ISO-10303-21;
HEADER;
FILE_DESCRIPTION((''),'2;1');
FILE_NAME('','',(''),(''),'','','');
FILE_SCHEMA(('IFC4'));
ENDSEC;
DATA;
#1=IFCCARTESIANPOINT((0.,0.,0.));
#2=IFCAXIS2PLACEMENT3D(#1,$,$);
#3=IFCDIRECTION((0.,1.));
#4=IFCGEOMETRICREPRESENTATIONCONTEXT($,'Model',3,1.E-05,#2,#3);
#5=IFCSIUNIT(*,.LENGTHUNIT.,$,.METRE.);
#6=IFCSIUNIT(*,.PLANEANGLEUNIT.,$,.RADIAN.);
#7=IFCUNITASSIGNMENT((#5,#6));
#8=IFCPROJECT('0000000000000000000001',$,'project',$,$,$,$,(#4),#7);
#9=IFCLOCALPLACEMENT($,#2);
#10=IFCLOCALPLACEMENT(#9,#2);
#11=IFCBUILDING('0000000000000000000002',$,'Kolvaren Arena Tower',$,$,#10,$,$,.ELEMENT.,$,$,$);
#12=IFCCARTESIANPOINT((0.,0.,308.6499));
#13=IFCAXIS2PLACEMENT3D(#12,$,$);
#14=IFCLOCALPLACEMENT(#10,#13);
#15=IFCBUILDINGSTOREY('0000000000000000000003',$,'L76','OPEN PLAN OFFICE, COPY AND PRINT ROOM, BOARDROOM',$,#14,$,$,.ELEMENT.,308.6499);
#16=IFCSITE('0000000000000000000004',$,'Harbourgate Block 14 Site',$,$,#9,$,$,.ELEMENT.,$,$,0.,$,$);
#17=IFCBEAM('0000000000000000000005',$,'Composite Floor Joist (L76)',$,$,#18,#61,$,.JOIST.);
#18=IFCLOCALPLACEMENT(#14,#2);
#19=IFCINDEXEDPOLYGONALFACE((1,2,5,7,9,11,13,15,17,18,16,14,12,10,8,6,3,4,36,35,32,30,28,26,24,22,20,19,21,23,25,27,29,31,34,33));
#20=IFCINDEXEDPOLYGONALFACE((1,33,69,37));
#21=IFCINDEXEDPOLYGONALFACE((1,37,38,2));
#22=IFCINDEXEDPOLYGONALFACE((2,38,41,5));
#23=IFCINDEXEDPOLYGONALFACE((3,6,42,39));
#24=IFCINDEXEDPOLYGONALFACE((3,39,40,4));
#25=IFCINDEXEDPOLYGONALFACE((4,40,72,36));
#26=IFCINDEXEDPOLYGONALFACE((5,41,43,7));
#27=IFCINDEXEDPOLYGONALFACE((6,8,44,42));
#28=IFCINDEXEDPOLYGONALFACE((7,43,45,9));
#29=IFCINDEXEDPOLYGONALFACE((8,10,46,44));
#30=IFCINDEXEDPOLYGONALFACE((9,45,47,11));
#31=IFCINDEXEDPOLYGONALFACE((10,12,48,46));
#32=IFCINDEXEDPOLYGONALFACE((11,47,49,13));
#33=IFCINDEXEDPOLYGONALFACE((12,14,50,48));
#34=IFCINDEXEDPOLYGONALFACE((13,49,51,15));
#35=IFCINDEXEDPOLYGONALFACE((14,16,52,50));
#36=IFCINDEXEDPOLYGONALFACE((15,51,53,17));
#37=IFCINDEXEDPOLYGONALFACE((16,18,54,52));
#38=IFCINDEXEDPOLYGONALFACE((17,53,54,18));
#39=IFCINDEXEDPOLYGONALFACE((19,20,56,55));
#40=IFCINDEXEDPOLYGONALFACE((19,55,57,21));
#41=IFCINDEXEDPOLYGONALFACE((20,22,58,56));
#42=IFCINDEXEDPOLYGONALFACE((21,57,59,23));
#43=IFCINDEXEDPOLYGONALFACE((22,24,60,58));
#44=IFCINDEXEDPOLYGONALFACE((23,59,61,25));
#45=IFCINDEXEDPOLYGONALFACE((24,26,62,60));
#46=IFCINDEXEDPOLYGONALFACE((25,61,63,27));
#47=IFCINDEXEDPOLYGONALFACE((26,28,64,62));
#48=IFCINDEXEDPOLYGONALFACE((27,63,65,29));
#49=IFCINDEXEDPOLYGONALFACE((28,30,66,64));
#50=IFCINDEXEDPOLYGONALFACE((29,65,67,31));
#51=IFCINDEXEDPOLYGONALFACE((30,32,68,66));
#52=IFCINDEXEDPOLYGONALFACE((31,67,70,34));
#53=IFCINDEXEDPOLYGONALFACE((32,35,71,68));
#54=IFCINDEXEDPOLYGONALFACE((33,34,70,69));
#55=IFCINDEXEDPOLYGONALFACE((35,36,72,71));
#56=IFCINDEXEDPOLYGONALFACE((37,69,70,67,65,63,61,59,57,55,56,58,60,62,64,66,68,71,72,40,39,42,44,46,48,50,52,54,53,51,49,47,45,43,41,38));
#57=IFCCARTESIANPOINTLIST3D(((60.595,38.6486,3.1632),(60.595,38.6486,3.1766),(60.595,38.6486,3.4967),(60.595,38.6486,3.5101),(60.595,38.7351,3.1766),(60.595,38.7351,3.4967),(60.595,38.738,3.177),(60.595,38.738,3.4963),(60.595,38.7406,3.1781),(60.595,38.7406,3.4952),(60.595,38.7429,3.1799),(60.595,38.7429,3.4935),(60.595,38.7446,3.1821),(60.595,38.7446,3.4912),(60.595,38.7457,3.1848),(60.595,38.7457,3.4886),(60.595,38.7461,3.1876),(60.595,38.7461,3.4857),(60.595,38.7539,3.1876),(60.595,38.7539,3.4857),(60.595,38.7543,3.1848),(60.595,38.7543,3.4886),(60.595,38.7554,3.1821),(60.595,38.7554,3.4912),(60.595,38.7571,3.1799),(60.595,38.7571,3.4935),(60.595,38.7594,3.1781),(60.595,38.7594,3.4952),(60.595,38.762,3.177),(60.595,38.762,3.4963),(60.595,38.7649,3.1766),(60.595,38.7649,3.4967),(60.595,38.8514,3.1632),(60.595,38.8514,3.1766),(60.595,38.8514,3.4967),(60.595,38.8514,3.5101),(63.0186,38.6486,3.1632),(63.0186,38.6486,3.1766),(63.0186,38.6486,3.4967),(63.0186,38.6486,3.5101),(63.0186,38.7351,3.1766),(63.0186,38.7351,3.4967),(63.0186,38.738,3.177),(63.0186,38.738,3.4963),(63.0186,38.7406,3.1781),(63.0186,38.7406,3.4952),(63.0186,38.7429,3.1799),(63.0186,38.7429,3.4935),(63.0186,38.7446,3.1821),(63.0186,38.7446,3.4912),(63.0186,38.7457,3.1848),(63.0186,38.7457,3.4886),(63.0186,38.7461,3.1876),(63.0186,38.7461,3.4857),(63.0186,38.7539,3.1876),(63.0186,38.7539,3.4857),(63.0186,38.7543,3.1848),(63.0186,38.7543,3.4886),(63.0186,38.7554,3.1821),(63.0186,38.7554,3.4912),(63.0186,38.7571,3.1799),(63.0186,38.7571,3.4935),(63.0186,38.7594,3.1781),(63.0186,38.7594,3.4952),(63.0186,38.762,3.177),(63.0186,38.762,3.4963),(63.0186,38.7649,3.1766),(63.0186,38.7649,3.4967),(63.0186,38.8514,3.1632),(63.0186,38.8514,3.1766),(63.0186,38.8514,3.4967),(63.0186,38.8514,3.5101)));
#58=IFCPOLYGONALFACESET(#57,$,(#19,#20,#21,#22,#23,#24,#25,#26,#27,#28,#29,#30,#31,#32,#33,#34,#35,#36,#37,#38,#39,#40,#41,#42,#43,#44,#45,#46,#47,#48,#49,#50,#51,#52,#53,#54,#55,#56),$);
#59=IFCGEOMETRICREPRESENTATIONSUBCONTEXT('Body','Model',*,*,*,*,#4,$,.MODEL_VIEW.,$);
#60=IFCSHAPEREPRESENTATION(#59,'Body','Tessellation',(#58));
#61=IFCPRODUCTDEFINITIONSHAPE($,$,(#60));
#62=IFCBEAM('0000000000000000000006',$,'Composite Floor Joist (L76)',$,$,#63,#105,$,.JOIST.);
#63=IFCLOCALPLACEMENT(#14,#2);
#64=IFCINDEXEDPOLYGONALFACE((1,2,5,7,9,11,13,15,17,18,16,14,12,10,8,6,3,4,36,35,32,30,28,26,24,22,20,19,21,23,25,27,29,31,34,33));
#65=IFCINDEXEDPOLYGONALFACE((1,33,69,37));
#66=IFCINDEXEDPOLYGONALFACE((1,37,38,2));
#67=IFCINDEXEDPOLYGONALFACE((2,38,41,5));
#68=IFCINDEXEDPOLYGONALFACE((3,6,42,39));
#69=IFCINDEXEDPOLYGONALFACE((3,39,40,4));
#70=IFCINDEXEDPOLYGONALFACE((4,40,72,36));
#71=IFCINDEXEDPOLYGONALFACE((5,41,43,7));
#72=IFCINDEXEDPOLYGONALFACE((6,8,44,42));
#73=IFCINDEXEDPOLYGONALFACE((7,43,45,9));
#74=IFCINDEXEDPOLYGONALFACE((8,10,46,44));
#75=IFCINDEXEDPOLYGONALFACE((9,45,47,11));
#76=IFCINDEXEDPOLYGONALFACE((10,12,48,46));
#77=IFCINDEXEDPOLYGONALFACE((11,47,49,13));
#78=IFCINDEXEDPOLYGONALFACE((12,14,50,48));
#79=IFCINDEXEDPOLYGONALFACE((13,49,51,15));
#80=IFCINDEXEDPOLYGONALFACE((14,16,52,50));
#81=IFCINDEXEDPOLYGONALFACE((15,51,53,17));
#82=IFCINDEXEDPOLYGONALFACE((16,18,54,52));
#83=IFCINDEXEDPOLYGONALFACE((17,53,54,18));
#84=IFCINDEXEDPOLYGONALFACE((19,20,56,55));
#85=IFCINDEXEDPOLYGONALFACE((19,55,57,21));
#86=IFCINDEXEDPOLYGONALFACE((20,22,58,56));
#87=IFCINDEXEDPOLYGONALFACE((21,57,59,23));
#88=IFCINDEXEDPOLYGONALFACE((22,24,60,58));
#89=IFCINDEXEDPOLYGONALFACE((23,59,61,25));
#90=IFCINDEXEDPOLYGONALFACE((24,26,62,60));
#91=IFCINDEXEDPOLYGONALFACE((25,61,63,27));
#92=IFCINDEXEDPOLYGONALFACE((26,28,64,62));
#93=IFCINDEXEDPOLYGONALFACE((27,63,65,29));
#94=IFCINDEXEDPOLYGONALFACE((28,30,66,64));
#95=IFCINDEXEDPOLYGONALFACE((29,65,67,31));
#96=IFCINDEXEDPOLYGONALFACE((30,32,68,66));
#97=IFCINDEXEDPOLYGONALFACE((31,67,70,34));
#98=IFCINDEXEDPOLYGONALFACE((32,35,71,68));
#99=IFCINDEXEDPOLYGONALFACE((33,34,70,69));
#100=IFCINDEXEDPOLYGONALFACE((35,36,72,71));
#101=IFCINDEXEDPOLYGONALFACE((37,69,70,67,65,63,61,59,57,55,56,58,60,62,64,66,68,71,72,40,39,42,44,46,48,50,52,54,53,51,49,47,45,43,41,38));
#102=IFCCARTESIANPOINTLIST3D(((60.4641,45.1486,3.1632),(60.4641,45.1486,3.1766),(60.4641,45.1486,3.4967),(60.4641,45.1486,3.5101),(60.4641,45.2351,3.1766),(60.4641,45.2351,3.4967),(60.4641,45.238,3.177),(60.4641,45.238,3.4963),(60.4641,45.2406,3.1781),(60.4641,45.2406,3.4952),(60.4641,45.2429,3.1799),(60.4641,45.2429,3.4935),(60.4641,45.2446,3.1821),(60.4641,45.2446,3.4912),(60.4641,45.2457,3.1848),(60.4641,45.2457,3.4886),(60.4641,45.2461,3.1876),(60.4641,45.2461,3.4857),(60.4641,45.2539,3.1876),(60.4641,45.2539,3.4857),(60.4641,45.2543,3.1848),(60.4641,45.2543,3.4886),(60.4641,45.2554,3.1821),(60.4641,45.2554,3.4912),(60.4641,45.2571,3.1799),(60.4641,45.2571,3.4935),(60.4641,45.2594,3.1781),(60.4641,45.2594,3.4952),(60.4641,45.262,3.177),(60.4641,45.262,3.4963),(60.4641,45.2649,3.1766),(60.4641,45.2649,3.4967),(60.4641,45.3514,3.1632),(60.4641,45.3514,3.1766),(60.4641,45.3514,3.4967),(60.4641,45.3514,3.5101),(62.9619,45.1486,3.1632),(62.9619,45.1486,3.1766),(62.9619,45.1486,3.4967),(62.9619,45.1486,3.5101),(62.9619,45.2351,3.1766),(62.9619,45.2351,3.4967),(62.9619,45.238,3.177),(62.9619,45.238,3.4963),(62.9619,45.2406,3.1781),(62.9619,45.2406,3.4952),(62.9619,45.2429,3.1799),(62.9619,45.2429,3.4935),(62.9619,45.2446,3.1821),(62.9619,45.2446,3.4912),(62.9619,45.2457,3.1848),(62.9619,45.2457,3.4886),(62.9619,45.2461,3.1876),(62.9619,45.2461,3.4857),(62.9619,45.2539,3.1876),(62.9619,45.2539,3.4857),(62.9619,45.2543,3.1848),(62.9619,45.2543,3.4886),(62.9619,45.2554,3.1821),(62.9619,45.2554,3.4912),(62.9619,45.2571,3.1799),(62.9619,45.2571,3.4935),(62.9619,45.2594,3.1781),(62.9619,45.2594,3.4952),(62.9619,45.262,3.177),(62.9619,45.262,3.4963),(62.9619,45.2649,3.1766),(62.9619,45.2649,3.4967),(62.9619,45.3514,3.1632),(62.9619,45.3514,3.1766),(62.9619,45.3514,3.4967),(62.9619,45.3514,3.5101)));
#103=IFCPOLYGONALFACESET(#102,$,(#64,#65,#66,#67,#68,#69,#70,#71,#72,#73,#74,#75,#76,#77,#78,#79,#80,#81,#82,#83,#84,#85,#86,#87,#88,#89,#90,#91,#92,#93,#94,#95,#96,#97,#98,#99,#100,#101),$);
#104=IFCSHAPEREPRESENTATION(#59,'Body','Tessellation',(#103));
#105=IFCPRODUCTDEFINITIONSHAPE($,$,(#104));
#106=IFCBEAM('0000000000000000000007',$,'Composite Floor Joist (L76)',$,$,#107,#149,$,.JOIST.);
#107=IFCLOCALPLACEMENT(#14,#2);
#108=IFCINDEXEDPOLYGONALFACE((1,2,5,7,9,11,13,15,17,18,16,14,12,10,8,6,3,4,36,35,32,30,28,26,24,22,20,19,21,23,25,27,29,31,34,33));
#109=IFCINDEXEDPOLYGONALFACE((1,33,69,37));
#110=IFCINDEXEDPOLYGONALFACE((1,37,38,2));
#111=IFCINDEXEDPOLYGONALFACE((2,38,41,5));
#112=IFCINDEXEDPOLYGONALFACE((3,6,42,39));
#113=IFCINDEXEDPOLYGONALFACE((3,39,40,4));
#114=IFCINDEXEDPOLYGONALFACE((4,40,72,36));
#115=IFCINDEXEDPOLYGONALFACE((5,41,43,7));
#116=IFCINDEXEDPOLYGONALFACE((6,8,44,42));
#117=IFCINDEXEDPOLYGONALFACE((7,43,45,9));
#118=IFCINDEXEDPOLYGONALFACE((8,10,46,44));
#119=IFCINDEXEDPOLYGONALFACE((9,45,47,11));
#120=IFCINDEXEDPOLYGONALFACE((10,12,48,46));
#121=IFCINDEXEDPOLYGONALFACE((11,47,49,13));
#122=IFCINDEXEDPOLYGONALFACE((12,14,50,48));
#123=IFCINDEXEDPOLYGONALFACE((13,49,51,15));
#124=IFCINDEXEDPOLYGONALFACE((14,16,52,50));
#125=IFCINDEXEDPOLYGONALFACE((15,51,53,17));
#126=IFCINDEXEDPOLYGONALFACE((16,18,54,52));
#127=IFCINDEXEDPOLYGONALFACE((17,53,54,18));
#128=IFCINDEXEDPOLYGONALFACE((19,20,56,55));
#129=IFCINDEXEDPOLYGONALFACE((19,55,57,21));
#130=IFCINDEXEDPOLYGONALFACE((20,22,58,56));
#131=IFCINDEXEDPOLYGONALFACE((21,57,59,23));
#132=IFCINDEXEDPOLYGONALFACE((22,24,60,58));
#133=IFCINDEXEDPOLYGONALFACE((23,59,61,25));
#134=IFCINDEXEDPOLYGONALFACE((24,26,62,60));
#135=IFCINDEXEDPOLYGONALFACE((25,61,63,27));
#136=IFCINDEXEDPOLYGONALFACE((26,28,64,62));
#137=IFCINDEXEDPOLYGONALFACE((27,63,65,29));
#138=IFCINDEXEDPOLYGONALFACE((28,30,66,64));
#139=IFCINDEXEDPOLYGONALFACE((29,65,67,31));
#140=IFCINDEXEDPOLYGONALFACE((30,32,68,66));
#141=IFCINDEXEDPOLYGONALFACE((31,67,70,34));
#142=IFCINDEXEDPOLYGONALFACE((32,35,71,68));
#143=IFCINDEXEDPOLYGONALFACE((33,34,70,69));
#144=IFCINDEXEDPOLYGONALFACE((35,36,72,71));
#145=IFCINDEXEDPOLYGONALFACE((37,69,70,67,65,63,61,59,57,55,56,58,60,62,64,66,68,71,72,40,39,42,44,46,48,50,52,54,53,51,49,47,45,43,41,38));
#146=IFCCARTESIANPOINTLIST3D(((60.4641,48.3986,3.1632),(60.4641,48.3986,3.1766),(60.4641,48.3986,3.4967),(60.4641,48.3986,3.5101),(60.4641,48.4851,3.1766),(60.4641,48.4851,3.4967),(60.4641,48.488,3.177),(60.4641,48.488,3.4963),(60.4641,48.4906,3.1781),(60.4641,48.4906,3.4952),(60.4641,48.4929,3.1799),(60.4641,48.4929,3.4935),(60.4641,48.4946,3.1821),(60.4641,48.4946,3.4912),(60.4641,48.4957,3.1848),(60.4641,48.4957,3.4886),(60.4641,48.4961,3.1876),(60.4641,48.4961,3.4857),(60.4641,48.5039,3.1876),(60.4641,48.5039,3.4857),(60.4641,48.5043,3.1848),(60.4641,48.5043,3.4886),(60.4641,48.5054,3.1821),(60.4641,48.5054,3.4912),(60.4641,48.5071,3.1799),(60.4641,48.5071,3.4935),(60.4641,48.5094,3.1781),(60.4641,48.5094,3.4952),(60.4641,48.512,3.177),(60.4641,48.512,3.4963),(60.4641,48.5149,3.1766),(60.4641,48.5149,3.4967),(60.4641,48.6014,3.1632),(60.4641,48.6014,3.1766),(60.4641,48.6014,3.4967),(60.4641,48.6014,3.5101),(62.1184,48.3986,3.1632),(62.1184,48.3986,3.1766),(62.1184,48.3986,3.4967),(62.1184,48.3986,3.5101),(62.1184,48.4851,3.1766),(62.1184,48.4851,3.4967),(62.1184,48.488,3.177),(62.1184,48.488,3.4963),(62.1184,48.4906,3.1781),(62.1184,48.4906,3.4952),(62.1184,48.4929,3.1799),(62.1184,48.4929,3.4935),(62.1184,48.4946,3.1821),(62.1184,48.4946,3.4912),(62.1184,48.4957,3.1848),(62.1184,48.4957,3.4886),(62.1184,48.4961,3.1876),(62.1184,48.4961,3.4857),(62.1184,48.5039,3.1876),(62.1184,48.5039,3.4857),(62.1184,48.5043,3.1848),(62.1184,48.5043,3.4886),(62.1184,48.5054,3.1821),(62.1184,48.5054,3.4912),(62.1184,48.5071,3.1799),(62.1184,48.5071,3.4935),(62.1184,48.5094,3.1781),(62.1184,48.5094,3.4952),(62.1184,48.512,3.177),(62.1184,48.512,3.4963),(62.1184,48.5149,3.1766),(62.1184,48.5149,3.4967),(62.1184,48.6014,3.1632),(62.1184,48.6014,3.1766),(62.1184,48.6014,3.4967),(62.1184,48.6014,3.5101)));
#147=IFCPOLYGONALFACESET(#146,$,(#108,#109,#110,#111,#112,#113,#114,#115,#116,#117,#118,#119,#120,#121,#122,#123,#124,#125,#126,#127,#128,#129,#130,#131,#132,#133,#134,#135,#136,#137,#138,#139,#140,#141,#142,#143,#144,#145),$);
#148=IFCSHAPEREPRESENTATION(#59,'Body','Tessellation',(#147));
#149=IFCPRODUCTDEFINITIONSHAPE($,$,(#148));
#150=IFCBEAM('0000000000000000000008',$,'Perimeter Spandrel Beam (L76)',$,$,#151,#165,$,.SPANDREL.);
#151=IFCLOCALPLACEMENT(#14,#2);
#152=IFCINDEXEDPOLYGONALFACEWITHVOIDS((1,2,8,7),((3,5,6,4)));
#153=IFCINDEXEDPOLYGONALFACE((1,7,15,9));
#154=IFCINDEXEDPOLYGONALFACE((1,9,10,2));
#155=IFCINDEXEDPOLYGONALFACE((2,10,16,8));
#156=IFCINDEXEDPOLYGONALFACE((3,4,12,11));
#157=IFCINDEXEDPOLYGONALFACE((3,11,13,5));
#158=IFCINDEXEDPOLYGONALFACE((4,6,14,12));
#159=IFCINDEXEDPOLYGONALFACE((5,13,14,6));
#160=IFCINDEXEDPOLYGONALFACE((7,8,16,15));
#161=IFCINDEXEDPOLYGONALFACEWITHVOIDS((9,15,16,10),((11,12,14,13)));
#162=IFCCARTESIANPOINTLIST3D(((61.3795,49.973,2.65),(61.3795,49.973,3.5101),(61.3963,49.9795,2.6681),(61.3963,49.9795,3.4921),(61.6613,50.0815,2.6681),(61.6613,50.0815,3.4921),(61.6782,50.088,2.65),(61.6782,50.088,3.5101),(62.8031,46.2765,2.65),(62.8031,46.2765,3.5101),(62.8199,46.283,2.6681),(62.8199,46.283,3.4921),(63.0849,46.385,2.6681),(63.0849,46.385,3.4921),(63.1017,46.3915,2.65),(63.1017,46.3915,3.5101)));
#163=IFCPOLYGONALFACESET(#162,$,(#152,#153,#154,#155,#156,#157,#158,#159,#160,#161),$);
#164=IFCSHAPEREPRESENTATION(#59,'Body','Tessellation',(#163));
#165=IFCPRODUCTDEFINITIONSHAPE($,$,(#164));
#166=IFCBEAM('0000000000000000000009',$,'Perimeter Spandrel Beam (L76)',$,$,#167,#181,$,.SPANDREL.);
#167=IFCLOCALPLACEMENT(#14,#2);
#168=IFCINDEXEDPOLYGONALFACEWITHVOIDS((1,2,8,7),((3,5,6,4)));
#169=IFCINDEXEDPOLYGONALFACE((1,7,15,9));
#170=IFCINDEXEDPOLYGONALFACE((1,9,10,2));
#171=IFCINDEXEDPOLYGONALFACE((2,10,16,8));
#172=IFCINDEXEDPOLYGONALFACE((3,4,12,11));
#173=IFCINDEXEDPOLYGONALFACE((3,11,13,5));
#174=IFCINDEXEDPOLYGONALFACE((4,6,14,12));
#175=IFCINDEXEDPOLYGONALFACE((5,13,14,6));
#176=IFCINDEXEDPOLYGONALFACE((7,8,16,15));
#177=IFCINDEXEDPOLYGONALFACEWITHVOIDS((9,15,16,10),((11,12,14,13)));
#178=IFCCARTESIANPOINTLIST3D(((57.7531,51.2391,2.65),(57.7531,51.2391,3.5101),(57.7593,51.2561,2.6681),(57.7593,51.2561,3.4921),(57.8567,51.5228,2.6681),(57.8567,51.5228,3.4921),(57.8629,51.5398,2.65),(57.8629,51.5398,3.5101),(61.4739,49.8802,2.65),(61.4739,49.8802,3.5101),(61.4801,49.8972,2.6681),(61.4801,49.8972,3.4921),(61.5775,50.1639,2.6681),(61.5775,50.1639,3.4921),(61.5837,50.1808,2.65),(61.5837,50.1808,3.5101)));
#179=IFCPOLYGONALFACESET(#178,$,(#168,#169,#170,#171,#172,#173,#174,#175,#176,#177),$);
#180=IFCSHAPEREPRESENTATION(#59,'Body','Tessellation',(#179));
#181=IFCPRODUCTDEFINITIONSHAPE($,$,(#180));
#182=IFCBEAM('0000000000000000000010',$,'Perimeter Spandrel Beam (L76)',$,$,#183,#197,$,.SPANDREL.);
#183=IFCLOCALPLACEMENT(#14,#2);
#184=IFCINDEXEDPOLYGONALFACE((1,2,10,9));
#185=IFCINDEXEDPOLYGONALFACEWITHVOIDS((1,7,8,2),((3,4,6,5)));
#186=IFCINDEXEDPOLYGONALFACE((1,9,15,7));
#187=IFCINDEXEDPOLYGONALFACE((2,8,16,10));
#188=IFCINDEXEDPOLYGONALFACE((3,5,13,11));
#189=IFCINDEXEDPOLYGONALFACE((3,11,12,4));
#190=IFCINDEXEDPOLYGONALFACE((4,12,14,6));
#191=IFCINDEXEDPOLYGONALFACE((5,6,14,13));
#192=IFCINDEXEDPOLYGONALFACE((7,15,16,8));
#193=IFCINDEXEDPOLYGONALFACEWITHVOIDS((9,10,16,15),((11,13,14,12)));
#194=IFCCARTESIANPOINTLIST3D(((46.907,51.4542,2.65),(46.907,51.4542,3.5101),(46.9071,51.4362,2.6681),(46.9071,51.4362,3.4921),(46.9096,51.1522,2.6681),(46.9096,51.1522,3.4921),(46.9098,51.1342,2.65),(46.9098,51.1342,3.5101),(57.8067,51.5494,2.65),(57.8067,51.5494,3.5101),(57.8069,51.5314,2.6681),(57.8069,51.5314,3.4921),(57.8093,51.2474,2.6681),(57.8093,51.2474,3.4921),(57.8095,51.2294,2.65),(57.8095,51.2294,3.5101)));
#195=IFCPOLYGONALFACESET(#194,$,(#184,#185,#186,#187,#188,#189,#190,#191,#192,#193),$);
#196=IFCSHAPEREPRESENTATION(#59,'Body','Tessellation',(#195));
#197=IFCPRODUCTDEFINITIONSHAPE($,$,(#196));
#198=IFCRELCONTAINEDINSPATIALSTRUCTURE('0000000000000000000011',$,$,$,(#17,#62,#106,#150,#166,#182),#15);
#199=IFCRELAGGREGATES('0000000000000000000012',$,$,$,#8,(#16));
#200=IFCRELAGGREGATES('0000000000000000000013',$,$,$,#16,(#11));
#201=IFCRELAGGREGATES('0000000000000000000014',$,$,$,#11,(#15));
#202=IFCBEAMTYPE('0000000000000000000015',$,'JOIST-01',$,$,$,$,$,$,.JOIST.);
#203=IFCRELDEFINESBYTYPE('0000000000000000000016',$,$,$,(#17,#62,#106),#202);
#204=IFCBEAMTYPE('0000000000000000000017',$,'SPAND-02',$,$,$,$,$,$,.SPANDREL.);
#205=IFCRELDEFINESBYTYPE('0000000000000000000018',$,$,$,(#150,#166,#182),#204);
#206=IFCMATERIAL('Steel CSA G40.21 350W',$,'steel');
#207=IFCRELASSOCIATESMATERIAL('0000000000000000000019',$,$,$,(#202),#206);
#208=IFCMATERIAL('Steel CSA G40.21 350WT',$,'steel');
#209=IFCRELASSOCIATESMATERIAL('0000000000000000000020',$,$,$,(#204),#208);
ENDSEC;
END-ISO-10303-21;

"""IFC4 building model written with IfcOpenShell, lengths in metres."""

from ifc_helpers import new_model, si_unit, direction, frame, origin, origin_2d, place, context, subcontext, project, spatial, hollow_rectangle, i_section, extrude, material, material_profile, profile_set, type_object, element, save


model = new_model("IFC4")

# Units and contexts
model_context = context("Model", 3, precision=1e-05, world=origin(), true_north=direction((0.0, 1.0)))
body_context = subcontext(model_context, "Body", "Model", "MODEL_VIEW")
ifc_project = project(units=[si_unit("LENGTHUNIT", "METRE"), si_unit("PLANEANGLEUNIT", "RADIAN")], contexts=[model_context])

# Site, building, storey
site_placement = place(None, origin())
site = spatial("IfcSite", under=ifc_project, at=site_placement, Name="Harbourgate Block 14 Site", CompositionType="ELEMENT", RefElevation=0.0)
building_placement = place(site_placement, origin())
building = spatial("IfcBuilding", under=site, at=building_placement, Name="Kolvaren Arena Tower", CompositionType="ELEMENT")
storey_placement = place(building_placement, frame((0.0, 0.0, 308.6499)))
storey = spatial("IfcBuildingStorey", under=building, at=storey_placement, Name="L76", Description="OPEN PLAN OFFICE, COPY AND PRINT ROOM, BOARDROOM", CompositionType="ELEMENT", Elevation=308.6499)

# Beams
ifc_material_1 = material(Name="Steel CSA G40.21 350W", Category="steel")
ifc_material_profile_1 = material_profile(ifc_material_1, i_section(OverallWidth=0.2029, OverallDepth=0.3469, WebThickness=0.0078, FlangeThickness=0.0134, FilletRadius=0.011, at=origin_2d()), Name="W360x64")
ifc_profile_set_1 = profile_set([ifc_material_profile_1], Name="Steel CSA G40.21 350W")
beam_type_1 = type_object("IfcBeamType", Name="JOIST-01", PredefinedType="JOIST", material=ifc_profile_set_1)
beam_1_placement = place(storey_placement, frame((60.595, 38.75, 3.3367), z_axis=(1.0, 0.0, 0.0), x_axis=(0.0, 1.0, 0.0)))
element("IfcBeam", 1, at=beam_1_placement, inside=storey, type_object=beam_type_1, Name="Composite Floor Joist (L76)", PredefinedType="JOIST", context=body_context, shape_type="SweptSolid", body=[
    extrude(i_section(OverallWidth=0.2029, OverallDepth=0.3469, WebThickness=0.0078, FlangeThickness=0.0134, FilletRadius=0.011, at=origin_2d()), origin(), (0.0, 0.0, 1.0), 2.4236),
])
beam_2_placement = place(storey_placement, frame((60.4641, 45.25, 3.3367), z_axis=(1.0, 0.0, 0.0), x_axis=(0.0, 1.0, 0.0)))
element("IfcBeam", 2, at=beam_2_placement, inside=storey, type_object=beam_type_1, Name="Composite Floor Joist (L76)", PredefinedType="JOIST", context=body_context, shape_type="SweptSolid", body=[
    extrude(i_section(OverallWidth=0.2029, OverallDepth=0.3469, WebThickness=0.0078, FlangeThickness=0.0134, FilletRadius=0.011, at=origin_2d()), origin(), (0.0, 0.0, 1.0), 2.4978),
])
beam_3_placement = place(storey_placement, frame((60.4641, 48.5, 3.3367), z_axis=(1.0, 0.0, 0.0), x_axis=(0.0, 1.0, 0.0)))
element("IfcBeam", 3, at=beam_3_placement, inside=storey, type_object=beam_type_1, Name="Composite Floor Joist (L76)", PredefinedType="JOIST", context=body_context, shape_type="SweptSolid", body=[
    extrude(i_section(OverallWidth=0.2029, OverallDepth=0.3469, WebThickness=0.0078, FlangeThickness=0.0134, FilletRadius=0.011, at=origin_2d()), origin(), (0.0, 0.0, 1.0), 1.6543),
])
ifc_material_2 = material(Name="Steel CSA G40.21 350WT", Category="steel")
ifc_material_profile_2 = material_profile(ifc_material_2, hollow_rectangle(XDim=0.3201, YDim=0.8601, WallThickness=0.0181, at=origin_2d()), Name="HSS 860x320x18")
ifc_profile_set_2 = profile_set([ifc_material_profile_2], Name="Steel CSA G40.21 350WT")
beam_type_2 = type_object("IfcBeamType", Name="SPAND-02", PredefinedType="SPANDREL", material=ifc_profile_set_2)
for number, where, z_axis, x_axis, name in (
    (4, (62.9524, 46.334, 3.0801), (-0.359384, 0.93319, 0.0), (-0.93319, -0.359384, 0.0), "Perimeter Spandrel Beam (L76)"),
    (5, (61.5288, 50.0305, 3.0801), (-0.939314, 0.343059, 0.0), (-0.343059, -0.939314, 0.0), "Perimeter Spandrel Beam (L76)"),
):
    element("IfcBeam", number, at=place(storey_placement, frame(where, z_axis=z_axis, x_axis=x_axis)), inside=storey, type_object=beam_type_2, Name=name, PredefinedType="SPANDREL", context=body_context, shape_type="SweptSolid", body=[
        extrude(hollow_rectangle(XDim=0.3201, YDim=0.8601, WallThickness=0.0181, at=origin_2d()), origin(), (0.0, 0.0, 1.0), 3.9612),
    ])
beam_4_placement = place(storey_placement, frame((57.8081, 51.3894, 3.0801), z_axis=(-0.999962, -0.008735, 0.0), x_axis=(0.008735, -0.999962, 0.0)))
element("IfcBeam", 6, at=beam_4_placement, inside=storey, type_object=beam_type_2, Name="Perimeter Spandrel Beam (L76)", PredefinedType="SPANDREL", context=body_context, shape_type="SweptSolid", body=[
    extrude(hollow_rectangle(XDim=0.3201, YDim=0.8601, WallThickness=0.0181, at=origin_2d()), origin(), (0.0, 0.0, 1.0), 10.9001),
])

save(model, "model.ifc")
